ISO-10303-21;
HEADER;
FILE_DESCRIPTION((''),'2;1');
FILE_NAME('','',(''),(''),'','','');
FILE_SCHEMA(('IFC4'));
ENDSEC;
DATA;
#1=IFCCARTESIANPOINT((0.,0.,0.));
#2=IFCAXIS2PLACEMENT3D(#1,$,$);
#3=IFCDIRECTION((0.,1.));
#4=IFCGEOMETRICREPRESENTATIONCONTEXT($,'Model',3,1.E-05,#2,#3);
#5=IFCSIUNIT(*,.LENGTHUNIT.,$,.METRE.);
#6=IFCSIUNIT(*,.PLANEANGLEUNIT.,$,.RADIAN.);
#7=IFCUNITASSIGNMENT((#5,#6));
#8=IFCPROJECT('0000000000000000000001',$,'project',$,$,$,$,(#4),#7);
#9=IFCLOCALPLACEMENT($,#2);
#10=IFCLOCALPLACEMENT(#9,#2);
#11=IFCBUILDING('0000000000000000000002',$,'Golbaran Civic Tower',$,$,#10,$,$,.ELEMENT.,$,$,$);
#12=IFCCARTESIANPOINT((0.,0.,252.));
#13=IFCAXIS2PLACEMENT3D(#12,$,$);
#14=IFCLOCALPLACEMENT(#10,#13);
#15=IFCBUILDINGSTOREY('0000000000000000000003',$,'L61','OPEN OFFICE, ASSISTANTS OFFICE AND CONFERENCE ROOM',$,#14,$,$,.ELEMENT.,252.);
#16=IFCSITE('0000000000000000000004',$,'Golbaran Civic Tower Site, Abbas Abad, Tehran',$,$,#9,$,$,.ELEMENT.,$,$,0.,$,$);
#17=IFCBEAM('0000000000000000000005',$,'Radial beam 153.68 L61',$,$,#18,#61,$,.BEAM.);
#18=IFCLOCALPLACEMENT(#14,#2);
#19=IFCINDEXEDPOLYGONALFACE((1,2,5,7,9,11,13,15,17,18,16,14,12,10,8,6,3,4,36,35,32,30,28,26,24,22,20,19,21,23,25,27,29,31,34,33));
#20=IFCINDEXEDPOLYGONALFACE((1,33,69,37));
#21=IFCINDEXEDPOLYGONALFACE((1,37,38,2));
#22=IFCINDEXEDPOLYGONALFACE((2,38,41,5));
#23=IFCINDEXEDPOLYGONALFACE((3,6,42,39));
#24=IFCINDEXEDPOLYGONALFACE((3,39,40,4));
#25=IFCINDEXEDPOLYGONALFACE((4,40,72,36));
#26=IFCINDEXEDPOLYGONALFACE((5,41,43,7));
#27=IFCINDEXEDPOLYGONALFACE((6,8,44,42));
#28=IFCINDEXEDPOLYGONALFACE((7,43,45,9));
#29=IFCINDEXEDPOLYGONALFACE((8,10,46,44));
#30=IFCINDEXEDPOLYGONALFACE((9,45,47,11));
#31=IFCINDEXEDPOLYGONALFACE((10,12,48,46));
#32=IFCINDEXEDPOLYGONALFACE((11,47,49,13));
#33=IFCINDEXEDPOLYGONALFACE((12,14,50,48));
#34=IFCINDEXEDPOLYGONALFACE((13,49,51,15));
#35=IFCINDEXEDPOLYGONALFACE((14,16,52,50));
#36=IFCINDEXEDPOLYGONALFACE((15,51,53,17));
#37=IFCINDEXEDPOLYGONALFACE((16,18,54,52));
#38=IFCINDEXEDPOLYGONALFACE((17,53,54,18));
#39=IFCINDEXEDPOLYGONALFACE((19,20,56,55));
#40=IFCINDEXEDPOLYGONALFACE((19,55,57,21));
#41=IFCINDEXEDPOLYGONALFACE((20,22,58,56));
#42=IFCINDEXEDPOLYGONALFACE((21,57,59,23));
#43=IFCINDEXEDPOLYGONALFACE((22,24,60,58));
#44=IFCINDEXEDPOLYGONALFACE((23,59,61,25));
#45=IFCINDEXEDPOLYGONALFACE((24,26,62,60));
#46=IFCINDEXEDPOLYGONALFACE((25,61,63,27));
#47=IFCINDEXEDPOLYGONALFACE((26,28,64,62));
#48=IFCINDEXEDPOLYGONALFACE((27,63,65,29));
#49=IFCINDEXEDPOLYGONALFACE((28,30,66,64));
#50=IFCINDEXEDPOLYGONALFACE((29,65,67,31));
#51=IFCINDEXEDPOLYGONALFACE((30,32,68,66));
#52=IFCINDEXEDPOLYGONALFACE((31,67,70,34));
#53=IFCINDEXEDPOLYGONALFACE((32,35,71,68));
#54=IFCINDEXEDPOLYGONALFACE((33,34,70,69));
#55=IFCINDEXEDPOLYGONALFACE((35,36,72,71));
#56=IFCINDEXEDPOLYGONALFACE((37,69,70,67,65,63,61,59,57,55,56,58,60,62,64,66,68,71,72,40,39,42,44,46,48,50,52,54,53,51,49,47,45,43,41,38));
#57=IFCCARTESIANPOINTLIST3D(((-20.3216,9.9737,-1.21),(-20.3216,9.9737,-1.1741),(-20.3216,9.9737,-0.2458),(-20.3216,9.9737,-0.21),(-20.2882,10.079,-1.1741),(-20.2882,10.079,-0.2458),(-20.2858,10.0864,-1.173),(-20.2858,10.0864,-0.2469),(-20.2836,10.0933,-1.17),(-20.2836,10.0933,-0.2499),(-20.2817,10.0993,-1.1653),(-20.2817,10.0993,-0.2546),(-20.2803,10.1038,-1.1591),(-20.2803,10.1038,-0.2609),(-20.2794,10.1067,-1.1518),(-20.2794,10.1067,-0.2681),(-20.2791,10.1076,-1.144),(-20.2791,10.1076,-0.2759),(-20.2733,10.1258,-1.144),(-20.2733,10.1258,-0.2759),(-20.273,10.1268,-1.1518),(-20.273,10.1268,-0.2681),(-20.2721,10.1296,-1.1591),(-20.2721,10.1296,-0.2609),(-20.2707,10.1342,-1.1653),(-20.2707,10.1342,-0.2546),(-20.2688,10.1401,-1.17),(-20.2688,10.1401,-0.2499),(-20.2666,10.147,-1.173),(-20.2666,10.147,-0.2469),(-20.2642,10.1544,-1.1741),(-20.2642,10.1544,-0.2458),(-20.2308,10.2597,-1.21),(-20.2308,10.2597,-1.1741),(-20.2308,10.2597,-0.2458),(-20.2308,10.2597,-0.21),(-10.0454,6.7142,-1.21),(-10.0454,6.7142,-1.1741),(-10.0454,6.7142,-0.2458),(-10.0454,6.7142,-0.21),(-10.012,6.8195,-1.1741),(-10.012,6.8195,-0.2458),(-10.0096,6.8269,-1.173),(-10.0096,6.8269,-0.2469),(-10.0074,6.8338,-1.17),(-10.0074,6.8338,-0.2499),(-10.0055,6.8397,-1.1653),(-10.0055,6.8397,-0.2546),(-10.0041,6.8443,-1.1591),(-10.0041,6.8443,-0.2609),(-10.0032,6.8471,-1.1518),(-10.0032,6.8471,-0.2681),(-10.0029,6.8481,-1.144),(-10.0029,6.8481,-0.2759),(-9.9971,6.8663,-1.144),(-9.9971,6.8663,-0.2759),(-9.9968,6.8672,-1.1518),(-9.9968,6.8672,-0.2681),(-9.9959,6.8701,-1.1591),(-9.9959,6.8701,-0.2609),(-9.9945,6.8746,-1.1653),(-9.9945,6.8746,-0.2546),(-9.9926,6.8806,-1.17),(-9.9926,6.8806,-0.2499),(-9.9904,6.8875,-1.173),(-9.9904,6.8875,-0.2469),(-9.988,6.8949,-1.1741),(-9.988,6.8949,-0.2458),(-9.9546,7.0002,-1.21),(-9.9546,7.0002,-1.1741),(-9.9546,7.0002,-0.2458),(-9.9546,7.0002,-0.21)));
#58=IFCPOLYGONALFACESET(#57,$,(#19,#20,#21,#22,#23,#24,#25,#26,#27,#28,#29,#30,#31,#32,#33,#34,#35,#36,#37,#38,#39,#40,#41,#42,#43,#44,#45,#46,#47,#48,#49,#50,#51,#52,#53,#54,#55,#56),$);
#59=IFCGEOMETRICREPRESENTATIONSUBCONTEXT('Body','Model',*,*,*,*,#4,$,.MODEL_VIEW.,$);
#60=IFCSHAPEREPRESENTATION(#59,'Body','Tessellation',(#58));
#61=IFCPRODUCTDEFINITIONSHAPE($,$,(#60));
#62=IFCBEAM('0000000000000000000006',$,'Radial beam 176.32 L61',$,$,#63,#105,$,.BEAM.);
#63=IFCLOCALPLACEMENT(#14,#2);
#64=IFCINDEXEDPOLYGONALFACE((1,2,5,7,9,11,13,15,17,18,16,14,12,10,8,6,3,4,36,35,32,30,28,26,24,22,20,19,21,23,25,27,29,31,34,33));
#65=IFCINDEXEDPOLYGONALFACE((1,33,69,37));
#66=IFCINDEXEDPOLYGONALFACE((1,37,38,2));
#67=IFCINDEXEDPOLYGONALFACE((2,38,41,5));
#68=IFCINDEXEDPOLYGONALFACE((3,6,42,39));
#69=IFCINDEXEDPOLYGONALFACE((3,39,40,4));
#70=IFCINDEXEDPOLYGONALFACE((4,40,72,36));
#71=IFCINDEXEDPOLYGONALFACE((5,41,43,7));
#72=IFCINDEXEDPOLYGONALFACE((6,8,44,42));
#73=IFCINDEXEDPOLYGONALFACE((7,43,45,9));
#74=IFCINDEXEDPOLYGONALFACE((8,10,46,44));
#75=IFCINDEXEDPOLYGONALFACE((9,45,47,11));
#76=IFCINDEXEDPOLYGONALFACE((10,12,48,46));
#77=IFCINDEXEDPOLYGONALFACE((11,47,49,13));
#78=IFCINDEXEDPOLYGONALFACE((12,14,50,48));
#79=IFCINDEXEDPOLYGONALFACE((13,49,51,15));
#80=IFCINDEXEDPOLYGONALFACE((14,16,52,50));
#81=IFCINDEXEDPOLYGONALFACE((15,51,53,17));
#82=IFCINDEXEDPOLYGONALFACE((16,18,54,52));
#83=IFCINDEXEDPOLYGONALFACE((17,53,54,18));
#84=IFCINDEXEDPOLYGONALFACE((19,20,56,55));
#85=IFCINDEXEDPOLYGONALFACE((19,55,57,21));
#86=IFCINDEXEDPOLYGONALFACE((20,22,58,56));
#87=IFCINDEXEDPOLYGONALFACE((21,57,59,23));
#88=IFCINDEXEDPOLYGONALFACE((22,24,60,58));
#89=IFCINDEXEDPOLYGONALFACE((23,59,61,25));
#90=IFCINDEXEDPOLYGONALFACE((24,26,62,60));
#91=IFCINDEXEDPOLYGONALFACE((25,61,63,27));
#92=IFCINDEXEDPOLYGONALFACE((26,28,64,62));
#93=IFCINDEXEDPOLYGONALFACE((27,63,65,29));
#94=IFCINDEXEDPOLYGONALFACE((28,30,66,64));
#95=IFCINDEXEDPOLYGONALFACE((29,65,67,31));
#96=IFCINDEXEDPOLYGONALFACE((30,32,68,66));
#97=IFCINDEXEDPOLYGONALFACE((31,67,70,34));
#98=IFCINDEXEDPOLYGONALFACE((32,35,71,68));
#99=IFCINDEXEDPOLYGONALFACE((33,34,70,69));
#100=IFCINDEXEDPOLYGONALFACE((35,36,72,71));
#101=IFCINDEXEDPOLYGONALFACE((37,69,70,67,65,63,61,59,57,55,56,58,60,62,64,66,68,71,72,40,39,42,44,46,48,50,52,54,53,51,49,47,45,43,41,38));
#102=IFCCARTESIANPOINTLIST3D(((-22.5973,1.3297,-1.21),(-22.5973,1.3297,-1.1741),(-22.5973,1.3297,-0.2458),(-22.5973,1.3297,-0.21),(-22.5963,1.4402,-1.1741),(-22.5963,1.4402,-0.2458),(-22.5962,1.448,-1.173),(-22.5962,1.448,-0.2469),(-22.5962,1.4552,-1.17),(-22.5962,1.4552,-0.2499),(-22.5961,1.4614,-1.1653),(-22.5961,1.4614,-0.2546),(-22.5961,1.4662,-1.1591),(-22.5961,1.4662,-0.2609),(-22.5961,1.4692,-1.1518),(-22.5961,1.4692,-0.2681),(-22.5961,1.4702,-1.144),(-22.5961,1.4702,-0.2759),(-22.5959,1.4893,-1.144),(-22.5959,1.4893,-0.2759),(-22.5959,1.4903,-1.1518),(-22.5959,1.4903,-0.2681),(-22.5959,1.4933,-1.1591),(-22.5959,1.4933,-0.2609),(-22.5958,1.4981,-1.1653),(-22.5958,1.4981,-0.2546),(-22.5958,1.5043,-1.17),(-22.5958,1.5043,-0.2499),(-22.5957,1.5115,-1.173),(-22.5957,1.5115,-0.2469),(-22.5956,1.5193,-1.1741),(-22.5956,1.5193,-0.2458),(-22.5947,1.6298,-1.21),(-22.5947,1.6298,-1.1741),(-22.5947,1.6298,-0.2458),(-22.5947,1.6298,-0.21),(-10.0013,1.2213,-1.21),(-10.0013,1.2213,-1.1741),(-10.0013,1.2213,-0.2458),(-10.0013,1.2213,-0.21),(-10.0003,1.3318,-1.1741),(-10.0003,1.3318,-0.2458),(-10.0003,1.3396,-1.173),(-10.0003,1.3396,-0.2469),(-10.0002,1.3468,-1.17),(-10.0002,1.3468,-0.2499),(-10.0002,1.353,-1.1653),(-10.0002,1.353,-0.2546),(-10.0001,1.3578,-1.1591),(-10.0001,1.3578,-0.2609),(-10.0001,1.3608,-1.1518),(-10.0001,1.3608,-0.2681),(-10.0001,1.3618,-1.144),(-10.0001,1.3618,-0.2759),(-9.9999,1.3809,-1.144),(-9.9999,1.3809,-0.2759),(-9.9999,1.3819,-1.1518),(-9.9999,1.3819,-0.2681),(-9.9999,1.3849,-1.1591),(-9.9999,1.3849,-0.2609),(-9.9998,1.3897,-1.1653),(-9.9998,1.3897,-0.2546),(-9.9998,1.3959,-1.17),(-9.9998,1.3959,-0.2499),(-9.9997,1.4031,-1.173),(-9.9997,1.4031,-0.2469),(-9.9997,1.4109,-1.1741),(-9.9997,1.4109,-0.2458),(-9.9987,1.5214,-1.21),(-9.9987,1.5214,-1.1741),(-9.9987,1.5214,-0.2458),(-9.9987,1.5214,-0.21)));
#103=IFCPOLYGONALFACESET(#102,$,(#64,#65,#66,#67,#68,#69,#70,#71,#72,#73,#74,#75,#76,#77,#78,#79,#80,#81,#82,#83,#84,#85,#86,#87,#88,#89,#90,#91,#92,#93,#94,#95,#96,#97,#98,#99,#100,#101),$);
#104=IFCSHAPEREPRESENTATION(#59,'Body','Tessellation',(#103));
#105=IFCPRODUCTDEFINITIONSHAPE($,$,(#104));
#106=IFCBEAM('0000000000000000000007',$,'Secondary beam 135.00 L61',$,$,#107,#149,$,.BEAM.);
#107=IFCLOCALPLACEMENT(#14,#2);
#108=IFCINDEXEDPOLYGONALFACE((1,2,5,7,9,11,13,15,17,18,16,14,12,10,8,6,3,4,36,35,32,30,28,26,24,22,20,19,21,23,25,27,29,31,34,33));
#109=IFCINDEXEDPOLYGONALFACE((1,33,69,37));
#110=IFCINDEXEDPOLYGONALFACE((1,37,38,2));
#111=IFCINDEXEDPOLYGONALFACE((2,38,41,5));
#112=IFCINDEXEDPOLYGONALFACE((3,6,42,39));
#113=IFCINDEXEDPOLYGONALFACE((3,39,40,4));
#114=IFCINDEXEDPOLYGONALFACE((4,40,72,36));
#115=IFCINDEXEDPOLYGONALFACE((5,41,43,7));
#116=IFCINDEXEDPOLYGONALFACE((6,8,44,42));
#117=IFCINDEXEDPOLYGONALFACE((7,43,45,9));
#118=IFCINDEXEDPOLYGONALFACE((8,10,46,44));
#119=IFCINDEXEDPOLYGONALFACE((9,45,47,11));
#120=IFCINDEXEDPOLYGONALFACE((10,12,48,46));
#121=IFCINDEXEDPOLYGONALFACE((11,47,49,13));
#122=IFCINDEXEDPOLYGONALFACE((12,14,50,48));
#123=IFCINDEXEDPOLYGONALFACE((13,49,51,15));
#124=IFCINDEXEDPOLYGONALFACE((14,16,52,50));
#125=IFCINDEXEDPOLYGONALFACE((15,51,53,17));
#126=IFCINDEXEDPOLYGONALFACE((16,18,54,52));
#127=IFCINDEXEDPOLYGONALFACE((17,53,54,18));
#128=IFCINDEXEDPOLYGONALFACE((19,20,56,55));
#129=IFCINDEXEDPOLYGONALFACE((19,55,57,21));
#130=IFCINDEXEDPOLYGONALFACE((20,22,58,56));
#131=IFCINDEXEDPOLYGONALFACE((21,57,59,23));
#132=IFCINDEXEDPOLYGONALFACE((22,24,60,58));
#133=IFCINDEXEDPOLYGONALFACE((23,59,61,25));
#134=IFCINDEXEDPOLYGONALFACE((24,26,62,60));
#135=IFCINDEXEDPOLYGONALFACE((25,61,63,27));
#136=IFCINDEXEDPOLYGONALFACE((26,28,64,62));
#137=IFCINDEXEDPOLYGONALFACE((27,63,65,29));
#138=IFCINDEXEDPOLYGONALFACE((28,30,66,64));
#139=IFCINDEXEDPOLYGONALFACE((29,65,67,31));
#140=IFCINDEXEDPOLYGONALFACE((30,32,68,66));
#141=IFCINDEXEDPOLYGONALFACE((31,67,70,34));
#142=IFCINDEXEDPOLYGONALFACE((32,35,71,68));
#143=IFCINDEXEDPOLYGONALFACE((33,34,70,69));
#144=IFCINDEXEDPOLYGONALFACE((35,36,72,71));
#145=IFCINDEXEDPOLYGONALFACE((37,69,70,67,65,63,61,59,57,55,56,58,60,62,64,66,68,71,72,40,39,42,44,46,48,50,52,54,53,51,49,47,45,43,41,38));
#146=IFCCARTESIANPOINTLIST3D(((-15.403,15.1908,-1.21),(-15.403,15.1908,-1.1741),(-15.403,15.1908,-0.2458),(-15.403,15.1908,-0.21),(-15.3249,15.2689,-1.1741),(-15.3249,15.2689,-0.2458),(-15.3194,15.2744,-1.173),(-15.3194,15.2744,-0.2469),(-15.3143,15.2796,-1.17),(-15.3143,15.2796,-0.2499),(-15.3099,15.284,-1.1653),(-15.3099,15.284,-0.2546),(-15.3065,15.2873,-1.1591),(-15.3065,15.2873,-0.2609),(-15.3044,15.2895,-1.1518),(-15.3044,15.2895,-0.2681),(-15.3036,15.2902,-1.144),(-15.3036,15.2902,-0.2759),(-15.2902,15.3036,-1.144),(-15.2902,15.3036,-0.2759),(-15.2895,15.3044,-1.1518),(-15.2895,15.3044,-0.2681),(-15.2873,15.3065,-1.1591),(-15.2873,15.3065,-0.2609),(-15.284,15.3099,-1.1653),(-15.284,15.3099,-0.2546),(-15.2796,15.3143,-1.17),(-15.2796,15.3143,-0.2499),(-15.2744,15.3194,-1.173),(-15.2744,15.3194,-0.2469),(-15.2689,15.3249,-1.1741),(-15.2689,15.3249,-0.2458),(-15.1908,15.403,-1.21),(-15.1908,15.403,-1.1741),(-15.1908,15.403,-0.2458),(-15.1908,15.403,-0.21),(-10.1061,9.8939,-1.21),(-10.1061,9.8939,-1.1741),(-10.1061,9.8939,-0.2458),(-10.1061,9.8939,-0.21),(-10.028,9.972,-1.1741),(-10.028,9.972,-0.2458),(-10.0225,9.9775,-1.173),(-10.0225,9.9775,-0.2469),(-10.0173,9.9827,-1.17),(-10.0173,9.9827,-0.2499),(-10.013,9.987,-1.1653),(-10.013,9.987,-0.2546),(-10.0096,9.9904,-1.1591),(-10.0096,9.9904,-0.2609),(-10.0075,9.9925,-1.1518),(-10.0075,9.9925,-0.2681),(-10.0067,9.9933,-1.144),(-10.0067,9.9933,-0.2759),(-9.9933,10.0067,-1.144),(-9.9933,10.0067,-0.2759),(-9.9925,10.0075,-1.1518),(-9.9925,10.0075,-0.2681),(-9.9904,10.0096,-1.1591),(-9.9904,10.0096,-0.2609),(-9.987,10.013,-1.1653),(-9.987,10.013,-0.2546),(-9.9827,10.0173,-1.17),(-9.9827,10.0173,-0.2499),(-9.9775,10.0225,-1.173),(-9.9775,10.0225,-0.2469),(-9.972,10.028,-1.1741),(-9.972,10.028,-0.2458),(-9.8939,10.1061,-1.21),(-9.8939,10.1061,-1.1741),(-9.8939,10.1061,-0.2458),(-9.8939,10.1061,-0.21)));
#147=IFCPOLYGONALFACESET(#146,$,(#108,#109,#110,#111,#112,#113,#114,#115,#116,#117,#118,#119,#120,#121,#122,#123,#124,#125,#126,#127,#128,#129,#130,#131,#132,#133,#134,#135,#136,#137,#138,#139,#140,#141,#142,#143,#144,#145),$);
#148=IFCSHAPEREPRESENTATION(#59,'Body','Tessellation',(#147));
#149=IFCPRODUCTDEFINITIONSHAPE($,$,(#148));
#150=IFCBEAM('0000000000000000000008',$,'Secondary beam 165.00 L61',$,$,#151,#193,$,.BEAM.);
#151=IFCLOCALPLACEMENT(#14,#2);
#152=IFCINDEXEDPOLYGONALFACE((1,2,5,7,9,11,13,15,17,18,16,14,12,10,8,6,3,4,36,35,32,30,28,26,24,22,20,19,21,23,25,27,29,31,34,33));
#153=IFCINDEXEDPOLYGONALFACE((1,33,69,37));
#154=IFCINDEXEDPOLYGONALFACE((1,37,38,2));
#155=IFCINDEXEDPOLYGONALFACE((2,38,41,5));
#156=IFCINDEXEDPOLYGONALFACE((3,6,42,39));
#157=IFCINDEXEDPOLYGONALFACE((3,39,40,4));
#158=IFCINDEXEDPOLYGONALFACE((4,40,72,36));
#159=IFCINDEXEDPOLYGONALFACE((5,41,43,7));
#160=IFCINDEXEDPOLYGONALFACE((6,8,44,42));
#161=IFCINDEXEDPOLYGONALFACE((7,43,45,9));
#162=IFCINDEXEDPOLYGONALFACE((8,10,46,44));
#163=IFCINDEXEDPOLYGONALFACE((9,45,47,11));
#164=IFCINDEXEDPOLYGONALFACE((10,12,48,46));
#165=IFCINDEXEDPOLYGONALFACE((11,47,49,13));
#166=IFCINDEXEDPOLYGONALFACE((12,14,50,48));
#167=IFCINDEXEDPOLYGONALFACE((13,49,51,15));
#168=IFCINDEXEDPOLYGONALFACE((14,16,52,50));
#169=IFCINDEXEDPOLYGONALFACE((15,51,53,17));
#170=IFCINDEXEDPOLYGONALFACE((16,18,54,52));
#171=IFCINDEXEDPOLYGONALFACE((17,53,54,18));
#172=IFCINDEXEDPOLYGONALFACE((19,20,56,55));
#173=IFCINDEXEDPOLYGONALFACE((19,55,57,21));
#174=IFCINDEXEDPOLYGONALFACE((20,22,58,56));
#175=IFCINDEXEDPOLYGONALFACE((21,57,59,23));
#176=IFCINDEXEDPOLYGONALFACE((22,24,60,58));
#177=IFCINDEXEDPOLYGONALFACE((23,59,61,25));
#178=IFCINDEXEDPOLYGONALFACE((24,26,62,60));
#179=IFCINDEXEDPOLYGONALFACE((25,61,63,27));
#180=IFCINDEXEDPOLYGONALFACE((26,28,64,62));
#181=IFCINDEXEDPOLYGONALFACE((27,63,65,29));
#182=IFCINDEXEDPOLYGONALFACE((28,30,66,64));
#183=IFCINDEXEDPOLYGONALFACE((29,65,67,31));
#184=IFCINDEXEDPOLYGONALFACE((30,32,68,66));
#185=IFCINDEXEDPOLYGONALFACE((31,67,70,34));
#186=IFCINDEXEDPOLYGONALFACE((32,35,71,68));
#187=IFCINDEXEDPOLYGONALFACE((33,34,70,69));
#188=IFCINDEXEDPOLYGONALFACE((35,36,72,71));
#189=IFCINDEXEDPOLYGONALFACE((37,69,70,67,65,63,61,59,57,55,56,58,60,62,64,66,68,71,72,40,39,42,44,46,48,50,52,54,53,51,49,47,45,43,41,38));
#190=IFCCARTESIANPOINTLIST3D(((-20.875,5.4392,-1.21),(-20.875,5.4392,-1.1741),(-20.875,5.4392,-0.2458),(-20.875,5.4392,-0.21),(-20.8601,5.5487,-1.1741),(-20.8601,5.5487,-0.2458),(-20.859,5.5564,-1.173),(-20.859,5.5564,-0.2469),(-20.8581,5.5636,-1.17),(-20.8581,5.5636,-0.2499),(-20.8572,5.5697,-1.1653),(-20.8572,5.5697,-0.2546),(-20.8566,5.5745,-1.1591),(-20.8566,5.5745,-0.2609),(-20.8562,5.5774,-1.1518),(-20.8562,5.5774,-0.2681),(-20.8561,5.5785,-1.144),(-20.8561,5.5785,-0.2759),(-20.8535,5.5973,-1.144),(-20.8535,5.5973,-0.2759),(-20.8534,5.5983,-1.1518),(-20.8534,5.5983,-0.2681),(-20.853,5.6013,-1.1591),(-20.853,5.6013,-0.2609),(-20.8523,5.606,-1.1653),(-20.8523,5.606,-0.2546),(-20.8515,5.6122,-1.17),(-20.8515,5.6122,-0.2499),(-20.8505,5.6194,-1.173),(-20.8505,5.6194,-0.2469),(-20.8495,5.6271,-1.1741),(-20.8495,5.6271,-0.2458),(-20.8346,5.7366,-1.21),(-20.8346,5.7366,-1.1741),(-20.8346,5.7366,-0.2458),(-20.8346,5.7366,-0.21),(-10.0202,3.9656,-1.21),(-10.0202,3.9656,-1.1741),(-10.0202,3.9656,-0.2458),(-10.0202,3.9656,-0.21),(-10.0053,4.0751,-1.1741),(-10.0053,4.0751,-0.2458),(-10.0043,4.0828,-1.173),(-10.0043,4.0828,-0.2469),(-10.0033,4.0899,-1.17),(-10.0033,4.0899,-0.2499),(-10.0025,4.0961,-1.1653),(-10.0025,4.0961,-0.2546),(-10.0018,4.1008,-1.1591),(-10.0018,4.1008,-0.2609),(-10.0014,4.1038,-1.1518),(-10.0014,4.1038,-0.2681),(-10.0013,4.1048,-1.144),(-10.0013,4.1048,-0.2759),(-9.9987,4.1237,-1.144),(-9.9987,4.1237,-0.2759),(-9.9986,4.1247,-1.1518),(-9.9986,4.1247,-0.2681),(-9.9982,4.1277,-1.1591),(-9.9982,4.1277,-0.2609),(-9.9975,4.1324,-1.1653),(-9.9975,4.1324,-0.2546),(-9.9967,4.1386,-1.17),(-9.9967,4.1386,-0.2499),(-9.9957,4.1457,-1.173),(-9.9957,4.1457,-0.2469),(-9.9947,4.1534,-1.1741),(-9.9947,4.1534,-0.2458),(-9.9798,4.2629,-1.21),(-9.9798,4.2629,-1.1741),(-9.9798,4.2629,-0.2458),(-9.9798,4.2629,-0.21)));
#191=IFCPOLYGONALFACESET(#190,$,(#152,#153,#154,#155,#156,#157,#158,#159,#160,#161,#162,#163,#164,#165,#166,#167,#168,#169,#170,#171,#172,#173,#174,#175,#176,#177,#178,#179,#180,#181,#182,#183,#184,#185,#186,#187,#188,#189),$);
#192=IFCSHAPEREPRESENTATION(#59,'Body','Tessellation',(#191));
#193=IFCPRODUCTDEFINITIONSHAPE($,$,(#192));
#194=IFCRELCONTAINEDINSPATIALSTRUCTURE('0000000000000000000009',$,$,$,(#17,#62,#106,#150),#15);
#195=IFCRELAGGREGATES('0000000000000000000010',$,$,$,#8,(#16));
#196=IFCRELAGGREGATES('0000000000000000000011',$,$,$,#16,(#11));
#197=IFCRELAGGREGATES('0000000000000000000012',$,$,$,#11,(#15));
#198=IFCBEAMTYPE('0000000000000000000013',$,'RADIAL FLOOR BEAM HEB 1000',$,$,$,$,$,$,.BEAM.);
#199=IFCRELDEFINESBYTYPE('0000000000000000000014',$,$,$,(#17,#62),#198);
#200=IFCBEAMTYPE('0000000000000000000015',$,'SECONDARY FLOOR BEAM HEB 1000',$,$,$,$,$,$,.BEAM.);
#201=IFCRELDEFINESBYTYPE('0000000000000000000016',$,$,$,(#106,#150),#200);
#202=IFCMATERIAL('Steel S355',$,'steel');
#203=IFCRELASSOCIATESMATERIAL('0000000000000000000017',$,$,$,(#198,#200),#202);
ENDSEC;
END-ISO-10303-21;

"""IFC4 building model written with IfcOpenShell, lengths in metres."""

from ifc_helpers import new_model, si_unit, direction, frame, origin, origin_2d, place, context, subcontext, project, spatial, i_section, extrude, material, material_profile, profile_set, type_object, element, save


model = new_model("IFC4")

# Units and contexts
model_context = context("Model", 3, precision=1e-05, world=origin(), true_north=direction((0.0, 1.0)))
body_context = subcontext(model_context, "Body", "Model", "MODEL_VIEW")
ifc_project = project(units=[si_unit("LENGTHUNIT", "METRE"), si_unit("PLANEANGLEUNIT", "RADIAN")], contexts=[model_context])

# Site, building, storey
site_placement = place(None, origin())
site = spatial("IfcSite", under=ifc_project, at=site_placement, Name="Golbaran Civic Tower Site, Abbas Abad, Tehran", CompositionType="ELEMENT", RefElevation=0.0)
building_placement = place(site_placement, origin())
building = spatial("IfcBuilding", under=site, at=building_placement, Name="Golbaran Civic Tower", CompositionType="ELEMENT")
storey_placement = place(building_placement, frame((0.0, 0.0, 252.0)))
storey = spatial("IfcBuildingStorey", under=building, at=storey_placement, Name="L61", Description="OPEN OFFICE, ASSISTANTS OFFICE AND CONFERENCE ROOM", CompositionType="ELEMENT", Elevation=252.0)

# Beams
ifc_material_1 = material(Name="Steel S355", Category="steel")
ifc_material_profile_1 = material_profile(ifc_material_1, i_section(OverallWidth=0.3, OverallDepth=1.0, WebThickness=0.019, FlangeThickness=0.0359, FilletRadius=0.03, at=origin_2d()), Name="HEB 1000")
ifc_profile_set_1 = profile_set([ifc_material_profile_1], Name="Steel S355")
beam_type_1 = type_object("IfcBeamType", Name="RADIAL FLOOR BEAM HEB 1000", PredefinedType="BEAM", material=ifc_profile_set_1)
beam_1_placement = place(storey_placement, frame((-10.0, 6.8572, -0.71), z_axis=(-0.953198, 0.302348, 0.0), x_axis=(-0.302348, -0.953198, 0.0)))
element("IfcBeam", 1, at=beam_1_placement, inside=storey, type_object=beam_type_1, Name="Radial beam 153.68 L61", PredefinedType="BEAM", context=body_context, shape_type="SweptSolid", body=[
    extrude(i_section(OverallWidth=0.3, OverallDepth=1.0, WebThickness=0.019, FlangeThickness=0.0359, FilletRadius=0.03, at=origin_2d()), origin(), (0.0, 0.0, 1.0), 10.7808),
])
beam_2_placement = place(storey_placement, frame((-10.0, 1.3713, -0.71), z_axis=(-0.999963, 0.008605, 0.0), x_axis=(-0.008605, -0.999963, 0.0)))
element("IfcBeam", 2, at=beam_2_placement, inside=storey, type_object=beam_type_1, Name="Radial beam 176.32 L61", PredefinedType="BEAM", context=body_context, shape_type="SweptSolid", body=[
    extrude(i_section(OverallWidth=0.3, OverallDepth=1.0, WebThickness=0.019, FlangeThickness=0.0359, FilletRadius=0.03, at=origin_2d()), origin(), (0.0, 0.0, 1.0), 12.5964),
])
ifc_material_profile_2 = material_profile(ifc_material_1, i_section(OverallWidth=0.3, OverallDepth=1.0, WebThickness=0.019, FlangeThickness=0.0359, FilletRadius=0.03, at=origin_2d()), Name="HEB 1000")
ifc_profile_set_2 = profile_set([ifc_material_profile_2], Name="Steel S355")
beam_type_2 = type_object("IfcBeamType", Name="SECONDARY FLOOR BEAM HEB 1000", PredefinedType="BEAM", material=ifc_profile_set_2)
beam_3_placement = place(storey_placement, frame((-10.0, 10.0, -0.71), z_axis=(-0.707107, 0.707107, 0.0), x_axis=(-0.707107, -0.707107, 0.0)))
element("IfcBeam", 3, at=beam_3_placement, inside=storey, type_object=beam_type_2, Name="Secondary beam 135.00 L61", PredefinedType="BEAM", context=body_context, shape_type="SweptSolid", body=[
    extrude(i_section(OverallWidth=0.3, OverallDepth=1.0, WebThickness=0.019, FlangeThickness=0.0359, FilletRadius=0.03, at=origin_2d()), origin(), (0.0, 0.0, 1.0), 7.491),
])
beam_4_placement = place(storey_placement, frame((-10.0, 4.1143, -0.71), z_axis=(-0.99091, 0.134525, 0.0), x_axis=(-0.134525, -0.99091, 0.0)))
element("IfcBeam", 4, at=beam_4_placement, inside=storey, type_object=beam_type_2, Name="Secondary beam 165.00 L61", PredefinedType="BEAM", context=body_context, shape_type="SweptSolid", body=[
    extrude(i_section(OverallWidth=0.3, OverallDepth=1.0, WebThickness=0.019, FlangeThickness=0.0359, FilletRadius=0.03, at=origin_2d()), origin(), (0.0, 0.0, 1.0), 10.9543),
])

save(model, "model.ifc")
